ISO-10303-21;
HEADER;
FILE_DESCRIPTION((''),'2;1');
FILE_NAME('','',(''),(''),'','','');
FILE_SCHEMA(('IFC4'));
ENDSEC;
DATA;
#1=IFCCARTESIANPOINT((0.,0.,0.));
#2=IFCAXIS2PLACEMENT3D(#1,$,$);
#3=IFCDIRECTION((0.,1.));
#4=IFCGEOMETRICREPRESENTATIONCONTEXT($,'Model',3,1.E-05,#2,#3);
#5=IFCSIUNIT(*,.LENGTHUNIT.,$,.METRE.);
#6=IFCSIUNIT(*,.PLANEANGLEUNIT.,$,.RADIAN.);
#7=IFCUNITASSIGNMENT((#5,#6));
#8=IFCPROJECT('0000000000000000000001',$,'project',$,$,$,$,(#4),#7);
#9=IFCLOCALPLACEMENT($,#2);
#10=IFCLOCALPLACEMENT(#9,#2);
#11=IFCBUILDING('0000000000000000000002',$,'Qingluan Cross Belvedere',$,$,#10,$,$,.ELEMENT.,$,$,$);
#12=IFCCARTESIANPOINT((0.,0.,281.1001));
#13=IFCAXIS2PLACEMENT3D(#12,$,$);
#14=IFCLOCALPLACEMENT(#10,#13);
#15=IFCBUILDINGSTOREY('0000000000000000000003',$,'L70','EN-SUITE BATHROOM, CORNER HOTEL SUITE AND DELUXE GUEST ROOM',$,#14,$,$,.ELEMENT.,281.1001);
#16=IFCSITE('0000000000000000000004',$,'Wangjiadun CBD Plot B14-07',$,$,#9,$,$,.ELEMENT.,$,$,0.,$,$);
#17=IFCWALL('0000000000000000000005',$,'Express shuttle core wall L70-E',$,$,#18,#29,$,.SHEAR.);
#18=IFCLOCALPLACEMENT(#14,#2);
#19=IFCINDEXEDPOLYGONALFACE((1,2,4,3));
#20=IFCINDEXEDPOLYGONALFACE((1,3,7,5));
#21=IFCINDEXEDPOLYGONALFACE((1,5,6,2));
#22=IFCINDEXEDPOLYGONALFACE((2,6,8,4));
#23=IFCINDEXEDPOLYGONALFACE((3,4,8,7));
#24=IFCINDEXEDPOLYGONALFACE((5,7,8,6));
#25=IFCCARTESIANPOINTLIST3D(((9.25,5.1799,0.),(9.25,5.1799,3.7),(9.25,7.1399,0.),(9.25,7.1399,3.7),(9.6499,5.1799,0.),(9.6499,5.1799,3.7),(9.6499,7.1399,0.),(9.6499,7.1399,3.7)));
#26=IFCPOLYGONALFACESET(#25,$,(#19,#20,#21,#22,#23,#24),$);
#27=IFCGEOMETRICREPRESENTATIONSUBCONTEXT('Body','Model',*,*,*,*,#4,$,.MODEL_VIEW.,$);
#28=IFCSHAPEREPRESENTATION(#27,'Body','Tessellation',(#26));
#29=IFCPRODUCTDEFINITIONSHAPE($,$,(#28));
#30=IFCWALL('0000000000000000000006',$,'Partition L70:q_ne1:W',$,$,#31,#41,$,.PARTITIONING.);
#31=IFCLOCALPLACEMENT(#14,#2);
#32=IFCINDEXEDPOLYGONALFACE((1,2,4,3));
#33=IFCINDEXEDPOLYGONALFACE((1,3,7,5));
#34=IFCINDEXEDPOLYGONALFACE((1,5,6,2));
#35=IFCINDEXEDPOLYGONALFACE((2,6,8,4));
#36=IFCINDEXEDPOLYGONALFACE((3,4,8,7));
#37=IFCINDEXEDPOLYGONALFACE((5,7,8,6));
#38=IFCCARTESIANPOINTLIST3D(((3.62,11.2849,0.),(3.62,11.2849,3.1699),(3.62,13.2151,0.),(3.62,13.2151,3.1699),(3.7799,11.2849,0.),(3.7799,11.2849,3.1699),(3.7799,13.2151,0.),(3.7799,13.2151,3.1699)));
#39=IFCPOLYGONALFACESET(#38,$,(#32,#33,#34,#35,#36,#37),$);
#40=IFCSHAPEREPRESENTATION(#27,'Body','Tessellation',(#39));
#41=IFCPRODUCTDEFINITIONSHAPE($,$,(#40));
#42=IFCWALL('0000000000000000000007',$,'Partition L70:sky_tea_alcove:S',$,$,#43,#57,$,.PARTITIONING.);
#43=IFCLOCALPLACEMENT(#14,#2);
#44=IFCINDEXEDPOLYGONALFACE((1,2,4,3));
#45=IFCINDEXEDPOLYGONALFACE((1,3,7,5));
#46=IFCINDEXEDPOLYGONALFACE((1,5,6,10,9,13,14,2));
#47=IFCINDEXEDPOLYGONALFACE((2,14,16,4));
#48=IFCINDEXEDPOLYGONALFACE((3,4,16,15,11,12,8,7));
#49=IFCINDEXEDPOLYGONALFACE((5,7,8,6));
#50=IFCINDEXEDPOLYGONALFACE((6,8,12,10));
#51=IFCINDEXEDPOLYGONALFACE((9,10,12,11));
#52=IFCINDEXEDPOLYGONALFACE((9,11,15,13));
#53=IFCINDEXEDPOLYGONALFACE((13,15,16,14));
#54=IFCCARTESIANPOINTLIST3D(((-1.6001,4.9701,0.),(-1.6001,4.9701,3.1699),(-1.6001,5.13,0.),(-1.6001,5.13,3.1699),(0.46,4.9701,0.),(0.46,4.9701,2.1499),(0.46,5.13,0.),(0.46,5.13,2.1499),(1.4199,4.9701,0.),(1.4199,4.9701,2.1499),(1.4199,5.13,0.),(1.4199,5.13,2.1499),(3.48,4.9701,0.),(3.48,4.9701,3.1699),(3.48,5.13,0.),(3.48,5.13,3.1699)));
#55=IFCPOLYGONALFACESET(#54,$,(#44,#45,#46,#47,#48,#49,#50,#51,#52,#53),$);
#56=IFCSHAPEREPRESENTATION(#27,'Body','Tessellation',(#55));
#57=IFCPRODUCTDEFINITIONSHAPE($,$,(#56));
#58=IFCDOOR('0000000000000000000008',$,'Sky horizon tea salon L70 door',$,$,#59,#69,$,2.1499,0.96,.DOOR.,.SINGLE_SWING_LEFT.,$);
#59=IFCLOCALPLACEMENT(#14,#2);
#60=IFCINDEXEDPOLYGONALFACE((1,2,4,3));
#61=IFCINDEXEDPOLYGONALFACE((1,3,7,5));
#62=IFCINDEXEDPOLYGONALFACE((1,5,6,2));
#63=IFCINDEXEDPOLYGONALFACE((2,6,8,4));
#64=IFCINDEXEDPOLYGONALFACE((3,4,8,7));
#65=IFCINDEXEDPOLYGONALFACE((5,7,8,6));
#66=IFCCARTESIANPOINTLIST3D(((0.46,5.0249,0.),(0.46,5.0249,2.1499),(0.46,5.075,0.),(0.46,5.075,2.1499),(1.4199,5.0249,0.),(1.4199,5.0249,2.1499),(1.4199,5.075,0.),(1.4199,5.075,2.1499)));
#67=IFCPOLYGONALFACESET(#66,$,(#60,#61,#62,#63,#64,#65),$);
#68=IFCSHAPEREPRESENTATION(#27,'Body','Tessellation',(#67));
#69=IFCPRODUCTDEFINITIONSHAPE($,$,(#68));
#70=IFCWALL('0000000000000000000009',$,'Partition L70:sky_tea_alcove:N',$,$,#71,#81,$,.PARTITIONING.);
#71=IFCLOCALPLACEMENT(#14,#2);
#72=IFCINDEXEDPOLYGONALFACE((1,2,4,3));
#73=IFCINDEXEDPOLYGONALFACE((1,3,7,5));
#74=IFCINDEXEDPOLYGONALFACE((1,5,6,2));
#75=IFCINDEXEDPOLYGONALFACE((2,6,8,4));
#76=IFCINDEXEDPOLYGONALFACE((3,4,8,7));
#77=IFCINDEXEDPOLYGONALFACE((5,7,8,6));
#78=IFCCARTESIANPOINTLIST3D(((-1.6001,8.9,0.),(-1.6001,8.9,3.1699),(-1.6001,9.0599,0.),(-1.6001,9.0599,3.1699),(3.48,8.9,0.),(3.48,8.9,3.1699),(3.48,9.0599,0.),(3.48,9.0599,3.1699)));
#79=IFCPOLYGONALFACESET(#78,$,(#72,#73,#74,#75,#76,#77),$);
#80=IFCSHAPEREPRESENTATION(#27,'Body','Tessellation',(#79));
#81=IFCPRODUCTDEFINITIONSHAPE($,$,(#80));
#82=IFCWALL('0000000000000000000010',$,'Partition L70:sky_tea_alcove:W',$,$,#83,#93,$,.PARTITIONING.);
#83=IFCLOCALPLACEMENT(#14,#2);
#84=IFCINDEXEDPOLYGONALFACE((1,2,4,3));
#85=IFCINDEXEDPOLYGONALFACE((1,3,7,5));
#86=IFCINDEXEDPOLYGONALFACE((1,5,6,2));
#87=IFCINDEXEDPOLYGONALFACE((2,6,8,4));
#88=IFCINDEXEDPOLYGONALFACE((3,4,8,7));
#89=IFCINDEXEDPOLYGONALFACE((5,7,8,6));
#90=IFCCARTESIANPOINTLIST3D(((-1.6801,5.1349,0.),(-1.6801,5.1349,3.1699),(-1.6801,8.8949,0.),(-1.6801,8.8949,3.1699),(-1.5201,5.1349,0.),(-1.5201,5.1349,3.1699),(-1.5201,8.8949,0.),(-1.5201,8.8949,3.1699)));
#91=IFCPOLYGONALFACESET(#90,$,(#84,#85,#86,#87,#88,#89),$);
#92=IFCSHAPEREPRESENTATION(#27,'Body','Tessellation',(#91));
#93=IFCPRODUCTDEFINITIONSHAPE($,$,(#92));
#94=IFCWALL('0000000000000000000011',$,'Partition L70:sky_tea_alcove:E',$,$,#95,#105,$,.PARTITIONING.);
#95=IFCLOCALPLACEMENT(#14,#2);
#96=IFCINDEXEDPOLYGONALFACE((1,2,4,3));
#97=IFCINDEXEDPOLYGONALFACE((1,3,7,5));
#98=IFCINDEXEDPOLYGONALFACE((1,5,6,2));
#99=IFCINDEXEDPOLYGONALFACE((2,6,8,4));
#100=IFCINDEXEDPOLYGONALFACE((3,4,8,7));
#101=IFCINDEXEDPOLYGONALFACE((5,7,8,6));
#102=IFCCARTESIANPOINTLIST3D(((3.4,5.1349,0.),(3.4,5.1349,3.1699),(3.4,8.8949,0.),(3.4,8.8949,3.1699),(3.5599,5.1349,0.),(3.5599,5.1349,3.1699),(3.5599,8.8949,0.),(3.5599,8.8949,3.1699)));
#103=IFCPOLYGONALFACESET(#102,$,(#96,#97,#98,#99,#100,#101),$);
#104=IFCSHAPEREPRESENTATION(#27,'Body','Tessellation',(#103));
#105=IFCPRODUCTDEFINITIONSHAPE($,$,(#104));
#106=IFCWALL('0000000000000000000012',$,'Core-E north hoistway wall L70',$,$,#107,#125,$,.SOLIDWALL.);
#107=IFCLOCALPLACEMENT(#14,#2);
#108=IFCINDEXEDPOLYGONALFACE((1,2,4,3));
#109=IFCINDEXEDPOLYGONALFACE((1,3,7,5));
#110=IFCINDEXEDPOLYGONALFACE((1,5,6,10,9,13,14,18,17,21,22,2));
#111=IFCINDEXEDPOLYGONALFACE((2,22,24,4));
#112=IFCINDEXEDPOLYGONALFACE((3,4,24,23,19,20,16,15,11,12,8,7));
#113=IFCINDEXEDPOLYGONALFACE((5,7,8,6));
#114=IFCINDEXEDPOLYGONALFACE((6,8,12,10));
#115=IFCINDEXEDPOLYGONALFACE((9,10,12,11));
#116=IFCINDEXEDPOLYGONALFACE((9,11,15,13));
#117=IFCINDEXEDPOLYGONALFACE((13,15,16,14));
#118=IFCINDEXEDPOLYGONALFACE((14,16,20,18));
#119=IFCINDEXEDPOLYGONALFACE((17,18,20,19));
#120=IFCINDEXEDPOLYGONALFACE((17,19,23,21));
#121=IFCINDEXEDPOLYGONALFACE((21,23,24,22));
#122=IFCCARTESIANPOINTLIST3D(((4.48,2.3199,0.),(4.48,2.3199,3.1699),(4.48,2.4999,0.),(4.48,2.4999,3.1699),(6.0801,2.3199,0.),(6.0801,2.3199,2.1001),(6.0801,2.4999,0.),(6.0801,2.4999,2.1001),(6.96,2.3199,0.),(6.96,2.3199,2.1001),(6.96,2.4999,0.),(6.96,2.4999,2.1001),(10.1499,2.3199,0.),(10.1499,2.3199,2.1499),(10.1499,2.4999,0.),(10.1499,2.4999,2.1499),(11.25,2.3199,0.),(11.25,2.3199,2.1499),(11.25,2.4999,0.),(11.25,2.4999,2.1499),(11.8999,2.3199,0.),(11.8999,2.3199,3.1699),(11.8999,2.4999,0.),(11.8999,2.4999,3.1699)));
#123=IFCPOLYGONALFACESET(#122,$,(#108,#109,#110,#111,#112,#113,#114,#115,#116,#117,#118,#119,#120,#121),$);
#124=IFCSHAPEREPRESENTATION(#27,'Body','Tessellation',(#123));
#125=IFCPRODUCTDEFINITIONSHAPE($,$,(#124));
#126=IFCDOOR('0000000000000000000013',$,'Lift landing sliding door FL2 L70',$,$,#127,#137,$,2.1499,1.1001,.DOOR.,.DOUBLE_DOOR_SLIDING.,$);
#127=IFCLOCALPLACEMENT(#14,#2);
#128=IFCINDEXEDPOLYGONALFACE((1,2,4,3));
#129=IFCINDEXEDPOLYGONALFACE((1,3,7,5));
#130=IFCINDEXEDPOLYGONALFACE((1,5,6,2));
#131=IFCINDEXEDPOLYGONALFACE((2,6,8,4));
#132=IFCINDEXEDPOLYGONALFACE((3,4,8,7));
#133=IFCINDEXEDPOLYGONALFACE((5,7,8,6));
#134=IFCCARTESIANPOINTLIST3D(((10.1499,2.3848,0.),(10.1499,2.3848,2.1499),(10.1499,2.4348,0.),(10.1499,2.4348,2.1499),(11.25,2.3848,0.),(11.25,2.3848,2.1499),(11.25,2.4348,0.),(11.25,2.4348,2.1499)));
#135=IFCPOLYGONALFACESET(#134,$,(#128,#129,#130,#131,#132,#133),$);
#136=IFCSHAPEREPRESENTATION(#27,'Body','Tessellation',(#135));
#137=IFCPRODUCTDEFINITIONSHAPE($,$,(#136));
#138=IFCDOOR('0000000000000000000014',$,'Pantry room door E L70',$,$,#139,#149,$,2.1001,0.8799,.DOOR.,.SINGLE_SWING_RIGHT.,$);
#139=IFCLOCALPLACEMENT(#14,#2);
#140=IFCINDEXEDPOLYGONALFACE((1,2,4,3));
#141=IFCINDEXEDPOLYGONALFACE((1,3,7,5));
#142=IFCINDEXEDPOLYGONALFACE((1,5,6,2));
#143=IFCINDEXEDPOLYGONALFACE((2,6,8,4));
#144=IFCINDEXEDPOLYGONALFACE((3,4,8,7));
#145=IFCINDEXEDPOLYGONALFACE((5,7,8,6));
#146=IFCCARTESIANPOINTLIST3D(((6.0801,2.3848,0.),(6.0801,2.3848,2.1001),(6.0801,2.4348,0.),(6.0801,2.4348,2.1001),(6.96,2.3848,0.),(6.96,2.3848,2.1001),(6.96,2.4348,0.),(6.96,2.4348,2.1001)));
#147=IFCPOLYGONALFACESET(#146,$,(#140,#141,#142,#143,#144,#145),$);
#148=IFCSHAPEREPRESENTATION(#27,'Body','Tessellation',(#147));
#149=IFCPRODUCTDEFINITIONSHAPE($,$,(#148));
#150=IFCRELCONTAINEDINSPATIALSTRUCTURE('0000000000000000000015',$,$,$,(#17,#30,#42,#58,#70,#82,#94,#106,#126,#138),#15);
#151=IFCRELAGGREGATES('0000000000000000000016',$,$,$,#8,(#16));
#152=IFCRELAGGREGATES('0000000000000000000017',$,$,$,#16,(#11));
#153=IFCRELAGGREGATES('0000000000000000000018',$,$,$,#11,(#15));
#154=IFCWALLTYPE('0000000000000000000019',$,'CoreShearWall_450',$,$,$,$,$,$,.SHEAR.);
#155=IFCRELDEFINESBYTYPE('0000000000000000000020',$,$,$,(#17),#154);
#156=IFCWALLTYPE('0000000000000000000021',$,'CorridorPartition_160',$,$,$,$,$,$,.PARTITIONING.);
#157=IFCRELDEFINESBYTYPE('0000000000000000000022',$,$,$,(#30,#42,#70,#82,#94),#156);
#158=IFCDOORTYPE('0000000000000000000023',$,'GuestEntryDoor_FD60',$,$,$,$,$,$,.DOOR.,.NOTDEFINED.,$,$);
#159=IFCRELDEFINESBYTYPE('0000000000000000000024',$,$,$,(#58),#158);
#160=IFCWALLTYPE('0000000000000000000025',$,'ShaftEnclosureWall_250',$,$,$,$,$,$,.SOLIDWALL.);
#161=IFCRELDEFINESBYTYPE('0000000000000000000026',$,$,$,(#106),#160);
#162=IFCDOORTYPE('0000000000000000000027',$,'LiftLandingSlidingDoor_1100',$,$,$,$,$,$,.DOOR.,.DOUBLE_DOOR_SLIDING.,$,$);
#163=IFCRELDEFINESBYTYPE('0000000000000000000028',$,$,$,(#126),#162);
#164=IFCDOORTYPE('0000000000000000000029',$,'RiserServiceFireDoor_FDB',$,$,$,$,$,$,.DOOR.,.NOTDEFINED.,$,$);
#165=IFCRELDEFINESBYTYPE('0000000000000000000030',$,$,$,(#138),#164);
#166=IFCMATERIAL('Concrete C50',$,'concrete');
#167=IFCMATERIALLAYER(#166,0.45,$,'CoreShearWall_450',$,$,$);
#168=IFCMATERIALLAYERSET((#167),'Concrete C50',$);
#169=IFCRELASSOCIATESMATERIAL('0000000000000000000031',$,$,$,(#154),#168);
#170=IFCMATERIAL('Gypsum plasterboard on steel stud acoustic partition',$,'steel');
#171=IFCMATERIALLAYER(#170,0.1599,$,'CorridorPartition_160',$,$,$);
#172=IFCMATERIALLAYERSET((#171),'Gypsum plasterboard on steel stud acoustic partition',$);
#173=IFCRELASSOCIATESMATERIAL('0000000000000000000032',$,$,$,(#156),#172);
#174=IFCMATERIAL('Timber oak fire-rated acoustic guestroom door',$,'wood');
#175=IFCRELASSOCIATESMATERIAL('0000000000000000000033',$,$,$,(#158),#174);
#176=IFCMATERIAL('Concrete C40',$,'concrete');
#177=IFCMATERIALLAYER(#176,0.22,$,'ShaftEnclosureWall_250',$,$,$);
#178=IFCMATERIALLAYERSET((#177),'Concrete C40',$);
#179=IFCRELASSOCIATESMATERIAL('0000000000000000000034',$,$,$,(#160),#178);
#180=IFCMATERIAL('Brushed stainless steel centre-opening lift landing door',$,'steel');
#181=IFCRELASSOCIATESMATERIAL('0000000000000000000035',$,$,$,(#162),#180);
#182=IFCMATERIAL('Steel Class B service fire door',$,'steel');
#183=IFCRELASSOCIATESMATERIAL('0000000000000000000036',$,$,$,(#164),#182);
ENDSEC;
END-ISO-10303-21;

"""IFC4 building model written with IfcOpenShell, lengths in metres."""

from ifc_helpers import new_model, si_unit, direction, frame, frame_2d, origin, place, context, subcontext, project, spatial, rectangle, extrude, material, layer, layer_set, type_object, element, fill, save


model = new_model("IFC4")

# Units and contexts
model_context = context("Model", 3, precision=1e-05, world=origin(), true_north=direction((0.0, 1.0)))
body_context = subcontext(model_context, "Body", "Model", "MODEL_VIEW")
ifc_project = project(units=[si_unit("LENGTHUNIT", "METRE"), si_unit("PLANEANGLEUNIT", "RADIAN")], contexts=[model_context])

# Site, building, storey
site_placement = place(None, origin())
site = spatial("IfcSite", under=ifc_project, at=site_placement, Name="Wangjiadun CBD Plot B14-07", CompositionType="ELEMENT", RefElevation=0.0)
building_placement = place(site_placement, origin())
building = spatial("IfcBuilding", under=site, at=building_placement, Name="Qingluan Cross Belvedere", CompositionType="ELEMENT")
storey_placement = place(building_placement, frame((0.0, 0.0, 281.1001)))
storey = spatial("IfcBuildingStorey", under=building, at=storey_placement, Name="L70", Description="EN-SUITE BATHROOM, CORNER HOTEL SUITE AND DELUXE GUEST ROOM", CompositionType="ELEMENT", Elevation=281.1001)

# Wall
ifc_material_1 = material(Name="Concrete C50", Category="concrete")
ifc_layer_1 = layer(ifc_material_1, 0.45, Name="CoreShearWall_450")
ifc_layer_set_1 = layer_set([ifc_layer_1], Name="Concrete C50")
wall_type_1 = type_object("IfcWallType", Name="CoreShearWall_450", PredefinedType="SHEAR", material=ifc_layer_set_1)
wall_1_placement = place(storey_placement, frame((9.45, 5.1799, 0.0), z_axis=(0.0, 0.0, 1.0), x_axis=(0.0, 1.0, 0.0)))
element("IfcWall", 1, at=wall_1_placement, inside=storey, type_object=wall_type_1, Name="Express shuttle core wall L70-E", PredefinedType="SHEAR", context=body_context, shape_type="SweptSolid", body=[
    extrude(rectangle(XDim=1.96, YDim=0.3999, at=frame_2d((0.98, 0.0))), origin(), (0.0, 0.0, 1.0), 3.7),
])

# Shared definitions
ifc_material_2 = material(Name="Gypsum plasterboard on steel stud acoustic partition", Category="steel")
ifc_layer_2 = layer(ifc_material_2, 0.1599, Name="CorridorPartition_160")
ifc_layer_set_2 = layer_set([ifc_layer_2], Name="Gypsum plasterboard on steel stud acoustic partition")
wall_type_2 = type_object("IfcWallType", Name="CorridorPartition_160", PredefinedType="PARTITIONING", material=ifc_layer_set_2)
ifc_material_3 = material(Name="Timber oak fire-rated acoustic guestroom door", Category="wood")
door_type_1 = type_object("IfcDoorType", Name="GuestEntryDoor_FD60", OperationType="NOTDEFINED", PredefinedType="DOOR", material=ifc_material_3)

# Wall
wall_2_placement = place(storey_placement, frame((3.7, 11.2849, 0.0), z_axis=(0.0, 0.0, 1.0), x_axis=(0.0, 1.0, 0.0)))
element("IfcWall", 2, at=wall_2_placement, inside=storey, type_object=wall_type_2, Name="Partition L70:q_ne1:W", PredefinedType="PARTITIONING", context=body_context, shape_type="SweptSolid", body=[
    extrude(rectangle(XDim=1.9302, YDim=0.1599, at=frame_2d((0.9651, 0.0))), origin(), (0.0, 0.0, 1.0), 3.1699),
])

# Wall, opening, door
wall_3_placement = place(storey_placement, frame((-1.6001, 5.05, 0.0), z_axis=(0.0, 0.0, 1.0), x_axis=(1.0, 0.0, 0.0)))
wall_3 = element("IfcWall", 3, at=wall_3_placement, inside=storey, type_object=wall_type_2, Name="Partition L70:sky_tea_alcove:S", PredefinedType="PARTITIONING", context=body_context, shape_type="SweptSolid", body=[
    extrude(rectangle(XDim=5.0801, YDim=0.1599, at=frame_2d((2.54, 0.0))), origin(), (0.0, 0.0, 1.0), 3.1699),
])
opening_1_placement = place(wall_3_placement, frame((2.0601, 0.0, 0.0)))
opening_1 = element("IfcOpeningElement", 4, at=opening_1_placement, cuts=wall_3, PredefinedType="OPENING", context=body_context, shape_type="SweptSolid", body=[
    extrude(rectangle(XDim=0.96, YDim=2.1499, at=frame_2d((0.48, 1.075))), frame((0.0, 0.0898, 0.0), z_axis=(0.0, -1.0, 0.0), x_axis=(1.0, 0.0, 0.0)), (0.0, 0.0, 1.0), 0.1799),
])
door_1_placement = place(opening_1_placement, origin())
door_1 = element("IfcDoor", 5, at=door_1_placement, inside=storey, type_object=door_type_1, Name="Sky horizon tea salon L70 door", OperationType="SINGLE_SWING_LEFT", OverallHeight=2.1499, OverallWidth=0.96, PredefinedType="DOOR", context=body_context, shape_type="SweptSolid", body=[
    extrude(rectangle(XDim=0.96, YDim=2.1499, at=frame_2d((0.48, 1.075))), frame((0.0, 0.0249, 0.0), z_axis=(0.0, -1.0, 0.0), x_axis=(1.0, 0.0, 0.0)), (0.0, 0.0, 1.0), 0.05),
])
fill(opening_1, door_1)

# Walls
wall_4_placement = place(storey_placement, frame((-1.6001, 8.98, 0.0), z_axis=(0.0, 0.0, 1.0), x_axis=(1.0, 0.0, 0.0)))
element("IfcWall", 6, at=wall_4_placement, inside=storey, type_object=wall_type_2, Name="Partition L70:sky_tea_alcove:N", PredefinedType="PARTITIONING", context=body_context, shape_type="SweptSolid", body=[
    extrude(rectangle(XDim=5.0801, YDim=0.1599, at=frame_2d((2.54, 0.0))), origin(), (0.0, 0.0, 1.0), 3.1699),
])
for number, where, z_axis, x_axis, name in (
    (7, (-1.6001, 5.135, 0.0), (0.0, 0.0, 1.0), (0.0, 1.0, 0.0), "Partition L70:sky_tea_alcove:W"),
    (8, (3.48, 5.135, 0.0), (0.0, 0.0, 1.0), (0.0, 1.0, 0.0), "Partition L70:sky_tea_alcove:E"),
):
    element("IfcWall", number, at=place(storey_placement, frame(where, z_axis=z_axis, x_axis=x_axis)), inside=storey, type_object=wall_type_2, Name=name, PredefinedType="PARTITIONING", context=body_context, shape_type="SweptSolid", body=[
        extrude(rectangle(XDim=3.76, YDim=0.1599, at=frame_2d((1.8799, 0.0))), origin(), (0.0, 0.0, 1.0), 3.1699),
    ])

# Wall, openings, doors
ifc_material_4 = material(Name="Concrete C40", Category="concrete")
ifc_layer_3 = layer(ifc_material_4, 0.22, Name="ShaftEnclosureWall_250")
ifc_layer_set_3 = layer_set([ifc_layer_3], Name="Concrete C40")
wall_type_3 = type_object("IfcWallType", Name="ShaftEnclosureWall_250", PredefinedType="SOLIDWALL", material=ifc_layer_set_3)
wall_5_placement = place(storey_placement, frame((4.48, 2.4099, 0.0), z_axis=(0.0, 0.0, 1.0), x_axis=(1.0, 0.0, 0.0)))
wall_5 = element("IfcWall", 9, at=wall_5_placement, inside=storey, type_object=wall_type_3, Name="Core-E north hoistway wall L70", PredefinedType="SOLIDWALL", context=body_context, shape_type="SweptSolid", body=[
    extrude(rectangle(XDim=7.4199, YDim=0.1799, at=frame_2d((3.71, 0.0))), origin(), (0.0, 0.0, 1.0), 3.1699),
])
opening_2_placement = place(wall_5_placement, frame((5.6699, 0.0, 0.0)))
opening_2 = element("IfcOpeningElement", 10, at=opening_2_placement, cuts=wall_5, PredefinedType="OPENING", context=body_context, shape_type="SweptSolid", body=[
    extrude(rectangle(XDim=1.1001, YDim=2.1499, at=frame_2d((0.55, 1.075))), frame((0.0, 0.0999, 0.0), z_axis=(0.0, -1.0, 0.0), x_axis=(1.0, 0.0, 0.0)), (0.0, 0.0, 1.0), 0.2),
])
opening_3_placement = place(wall_5_placement, frame((1.6001, 0.0, 0.0)))
opening_3 = element("IfcOpeningElement", 11, at=opening_3_placement, cuts=wall_5, PredefinedType="OPENING", context=body_context, shape_type="SweptSolid", body=[
    extrude(rectangle(XDim=0.8799, YDim=2.1001, at=frame_2d((0.4399, 1.05))), frame((0.0, 0.0999, 0.0), z_axis=(0.0, -1.0, 0.0), x_axis=(1.0, 0.0, 0.0)), (0.0, 0.0, 1.0), 0.2),
])
ifc_material_5 = material(Name="Brushed stainless steel centre-opening lift landing door", Category="steel")
door_type_2 = type_object("IfcDoorType", Name="LiftLandingSlidingDoor_1100", OperationType="DOUBLE_DOOR_SLIDING", PredefinedType="DOOR", material=ifc_material_5)
door_2_placement = place(opening_2_placement, origin())
door_2 = element("IfcDoor", 12, at=door_2_placement, inside=storey, type_object=door_type_2, Name="Lift landing sliding door FL2 L70", OperationType="DOUBLE_DOOR_SLIDING", OverallHeight=2.1499, OverallWidth=1.1001, PredefinedType="DOOR", context=body_context, shape_type="SweptSolid", body=[
    extrude(rectangle(XDim=1.1001, YDim=2.1499, at=frame_2d((0.55, 1.075))), frame((0.0, 0.0249, 0.0), z_axis=(0.0, -1.0, 0.0), x_axis=(1.0, 0.0, 0.0)), (0.0, 0.0, 1.0), 0.05),
])
fill(opening_2, door_2)
ifc_material_6 = material(Name="Steel Class B service fire door", Category="steel")
door_type_3 = type_object("IfcDoorType", Name="RiserServiceFireDoor_FDB", OperationType="NOTDEFINED", PredefinedType="DOOR", material=ifc_material_6)
door_3_placement = place(opening_3_placement, origin())
door_3 = element("IfcDoor", 13, at=door_3_placement, inside=storey, type_object=door_type_3, Name="Pantry room door E L70", OperationType="SINGLE_SWING_RIGHT", OverallHeight=2.1001, OverallWidth=0.8799, PredefinedType="DOOR", context=body_context, shape_type="SweptSolid", body=[
    extrude(rectangle(XDim=0.8799, YDim=2.1001, at=frame_2d((0.4399, 1.05))), frame((0.0, 0.0249, 0.0), z_axis=(0.0, -1.0, 0.0), x_axis=(1.0, 0.0, 0.0)), (0.0, 0.0, 1.0), 0.05),
])
fill(opening_3, door_3)

save(model, "model.ifc")
